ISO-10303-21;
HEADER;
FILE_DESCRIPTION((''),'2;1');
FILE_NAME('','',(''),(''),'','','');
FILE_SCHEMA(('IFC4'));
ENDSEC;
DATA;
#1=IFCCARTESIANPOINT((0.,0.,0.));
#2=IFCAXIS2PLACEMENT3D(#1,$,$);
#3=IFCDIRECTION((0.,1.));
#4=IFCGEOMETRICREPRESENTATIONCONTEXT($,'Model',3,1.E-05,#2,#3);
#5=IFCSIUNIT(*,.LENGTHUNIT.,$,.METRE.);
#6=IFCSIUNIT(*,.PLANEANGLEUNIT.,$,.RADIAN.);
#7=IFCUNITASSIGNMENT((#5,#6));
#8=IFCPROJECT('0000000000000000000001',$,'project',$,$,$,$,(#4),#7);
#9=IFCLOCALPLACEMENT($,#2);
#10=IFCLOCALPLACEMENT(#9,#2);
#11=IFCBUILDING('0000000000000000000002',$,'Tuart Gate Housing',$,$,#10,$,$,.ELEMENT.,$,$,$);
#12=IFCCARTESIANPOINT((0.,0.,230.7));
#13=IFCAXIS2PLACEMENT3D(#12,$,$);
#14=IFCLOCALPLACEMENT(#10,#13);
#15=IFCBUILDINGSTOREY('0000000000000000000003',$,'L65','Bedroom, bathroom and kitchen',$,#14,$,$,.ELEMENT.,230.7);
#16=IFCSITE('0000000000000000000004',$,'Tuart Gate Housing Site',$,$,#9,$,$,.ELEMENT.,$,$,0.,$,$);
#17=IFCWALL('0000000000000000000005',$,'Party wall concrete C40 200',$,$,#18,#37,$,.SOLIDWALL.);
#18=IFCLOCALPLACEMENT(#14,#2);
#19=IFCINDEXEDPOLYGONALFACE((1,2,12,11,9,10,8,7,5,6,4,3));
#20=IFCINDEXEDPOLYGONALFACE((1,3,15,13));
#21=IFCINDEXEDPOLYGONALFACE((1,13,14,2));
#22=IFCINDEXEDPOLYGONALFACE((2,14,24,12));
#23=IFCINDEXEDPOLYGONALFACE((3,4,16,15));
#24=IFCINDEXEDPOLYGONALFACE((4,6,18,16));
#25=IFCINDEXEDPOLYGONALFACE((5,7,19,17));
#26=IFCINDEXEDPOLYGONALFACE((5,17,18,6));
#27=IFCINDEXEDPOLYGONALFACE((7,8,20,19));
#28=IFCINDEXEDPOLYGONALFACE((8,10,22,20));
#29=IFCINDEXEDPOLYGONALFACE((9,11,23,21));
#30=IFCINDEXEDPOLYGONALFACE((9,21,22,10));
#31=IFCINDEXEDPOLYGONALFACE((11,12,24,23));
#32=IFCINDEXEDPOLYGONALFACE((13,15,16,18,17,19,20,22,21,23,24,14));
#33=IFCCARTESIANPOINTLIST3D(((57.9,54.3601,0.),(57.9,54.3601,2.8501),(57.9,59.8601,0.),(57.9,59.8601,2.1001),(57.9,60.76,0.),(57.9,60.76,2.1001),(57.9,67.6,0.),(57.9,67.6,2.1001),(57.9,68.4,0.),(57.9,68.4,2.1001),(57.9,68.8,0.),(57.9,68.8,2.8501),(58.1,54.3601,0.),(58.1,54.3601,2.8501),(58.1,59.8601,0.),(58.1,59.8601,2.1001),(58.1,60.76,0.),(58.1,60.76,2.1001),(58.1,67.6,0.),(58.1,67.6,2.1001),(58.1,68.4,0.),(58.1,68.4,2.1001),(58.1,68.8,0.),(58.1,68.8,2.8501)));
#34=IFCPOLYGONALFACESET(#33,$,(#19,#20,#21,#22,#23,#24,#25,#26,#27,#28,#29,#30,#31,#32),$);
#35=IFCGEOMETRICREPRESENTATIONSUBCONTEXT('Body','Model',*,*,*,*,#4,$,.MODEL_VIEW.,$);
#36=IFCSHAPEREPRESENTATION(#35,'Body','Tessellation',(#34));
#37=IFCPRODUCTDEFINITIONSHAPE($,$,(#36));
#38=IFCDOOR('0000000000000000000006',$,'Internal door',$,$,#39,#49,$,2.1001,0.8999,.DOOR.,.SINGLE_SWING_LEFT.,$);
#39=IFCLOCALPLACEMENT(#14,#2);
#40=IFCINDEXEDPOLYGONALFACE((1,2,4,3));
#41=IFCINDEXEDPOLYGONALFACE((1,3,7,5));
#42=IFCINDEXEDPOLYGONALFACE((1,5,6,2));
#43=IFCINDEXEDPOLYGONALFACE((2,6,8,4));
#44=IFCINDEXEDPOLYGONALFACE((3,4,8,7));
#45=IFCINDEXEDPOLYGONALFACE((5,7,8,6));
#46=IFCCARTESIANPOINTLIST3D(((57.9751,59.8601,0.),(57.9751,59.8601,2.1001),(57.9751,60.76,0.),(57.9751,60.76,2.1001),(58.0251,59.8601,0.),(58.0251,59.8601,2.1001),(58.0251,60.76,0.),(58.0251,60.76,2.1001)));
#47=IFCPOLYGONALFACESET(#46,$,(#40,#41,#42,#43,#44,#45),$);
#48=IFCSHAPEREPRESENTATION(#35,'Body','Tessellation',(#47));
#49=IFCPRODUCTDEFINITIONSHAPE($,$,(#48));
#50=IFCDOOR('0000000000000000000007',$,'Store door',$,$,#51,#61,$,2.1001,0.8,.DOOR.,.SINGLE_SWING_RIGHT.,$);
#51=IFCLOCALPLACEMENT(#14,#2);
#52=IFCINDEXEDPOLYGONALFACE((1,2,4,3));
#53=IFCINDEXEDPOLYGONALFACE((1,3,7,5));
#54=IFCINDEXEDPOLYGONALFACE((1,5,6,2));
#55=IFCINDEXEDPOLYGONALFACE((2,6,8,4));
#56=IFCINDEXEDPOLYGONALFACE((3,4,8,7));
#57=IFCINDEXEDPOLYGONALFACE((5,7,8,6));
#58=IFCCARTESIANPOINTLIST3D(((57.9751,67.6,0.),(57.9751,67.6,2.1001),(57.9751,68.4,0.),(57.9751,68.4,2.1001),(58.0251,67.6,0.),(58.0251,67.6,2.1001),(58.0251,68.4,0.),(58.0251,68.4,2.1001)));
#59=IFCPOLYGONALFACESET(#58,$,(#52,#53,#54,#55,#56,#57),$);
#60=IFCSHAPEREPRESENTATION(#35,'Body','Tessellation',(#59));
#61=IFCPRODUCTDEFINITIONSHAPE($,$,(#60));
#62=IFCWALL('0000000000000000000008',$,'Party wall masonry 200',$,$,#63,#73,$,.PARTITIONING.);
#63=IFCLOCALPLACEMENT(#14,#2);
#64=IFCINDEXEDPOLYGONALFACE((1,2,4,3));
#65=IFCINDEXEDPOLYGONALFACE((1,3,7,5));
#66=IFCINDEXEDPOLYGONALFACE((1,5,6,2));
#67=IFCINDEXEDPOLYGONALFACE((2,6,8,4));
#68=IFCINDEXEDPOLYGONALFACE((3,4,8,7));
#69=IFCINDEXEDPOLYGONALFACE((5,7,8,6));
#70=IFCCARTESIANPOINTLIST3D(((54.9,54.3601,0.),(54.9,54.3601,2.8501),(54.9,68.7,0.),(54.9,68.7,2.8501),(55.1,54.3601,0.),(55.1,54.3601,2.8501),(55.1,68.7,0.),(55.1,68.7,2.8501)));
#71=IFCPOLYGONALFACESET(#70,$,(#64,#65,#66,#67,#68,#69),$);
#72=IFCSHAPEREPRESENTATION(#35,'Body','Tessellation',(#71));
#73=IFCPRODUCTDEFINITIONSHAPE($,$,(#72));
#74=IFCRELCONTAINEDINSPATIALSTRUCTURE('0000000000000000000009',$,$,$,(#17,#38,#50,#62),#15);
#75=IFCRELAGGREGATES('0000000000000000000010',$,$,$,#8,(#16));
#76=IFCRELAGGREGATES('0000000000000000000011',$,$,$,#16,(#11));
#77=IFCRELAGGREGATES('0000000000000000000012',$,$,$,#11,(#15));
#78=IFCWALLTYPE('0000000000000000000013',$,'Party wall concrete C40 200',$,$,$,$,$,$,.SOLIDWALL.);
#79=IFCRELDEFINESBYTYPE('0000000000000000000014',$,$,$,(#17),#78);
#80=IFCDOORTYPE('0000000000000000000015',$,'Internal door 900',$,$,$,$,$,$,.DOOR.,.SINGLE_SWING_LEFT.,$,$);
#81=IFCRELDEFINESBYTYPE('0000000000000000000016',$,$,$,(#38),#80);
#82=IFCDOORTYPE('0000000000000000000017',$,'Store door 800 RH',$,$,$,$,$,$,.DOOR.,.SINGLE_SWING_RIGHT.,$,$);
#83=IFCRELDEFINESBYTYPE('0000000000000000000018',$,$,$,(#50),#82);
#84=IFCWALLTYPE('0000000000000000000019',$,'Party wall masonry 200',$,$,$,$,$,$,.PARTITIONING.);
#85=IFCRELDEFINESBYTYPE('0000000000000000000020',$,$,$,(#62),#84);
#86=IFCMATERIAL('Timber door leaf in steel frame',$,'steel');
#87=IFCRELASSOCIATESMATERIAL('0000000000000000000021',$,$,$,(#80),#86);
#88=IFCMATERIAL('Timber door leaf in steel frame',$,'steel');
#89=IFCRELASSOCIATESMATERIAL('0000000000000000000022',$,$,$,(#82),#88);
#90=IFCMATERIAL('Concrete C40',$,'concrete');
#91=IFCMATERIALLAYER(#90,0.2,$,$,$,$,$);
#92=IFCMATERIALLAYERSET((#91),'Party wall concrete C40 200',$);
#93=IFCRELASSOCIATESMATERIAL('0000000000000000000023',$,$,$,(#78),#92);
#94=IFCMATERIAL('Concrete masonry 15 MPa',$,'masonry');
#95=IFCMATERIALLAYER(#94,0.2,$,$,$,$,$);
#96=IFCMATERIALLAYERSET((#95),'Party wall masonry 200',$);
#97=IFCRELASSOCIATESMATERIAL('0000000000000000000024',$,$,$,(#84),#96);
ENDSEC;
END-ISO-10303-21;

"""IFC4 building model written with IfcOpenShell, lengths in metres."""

from ifc_helpers import new_model, si_unit, direction, frame, frame_2d, origin, place, context, subcontext, project, spatial, rectangle, extrude, material, layer, layer_set, type_object, element, fill, save


model = new_model("IFC4")

# Units and contexts
model_context = context("Model", 3, precision=1e-05, world=origin(), true_north=direction((0.0, 1.0)))
body_context = subcontext(model_context, "Body", "Model", "MODEL_VIEW")
ifc_project = project(units=[si_unit("LENGTHUNIT", "METRE"), si_unit("PLANEANGLEUNIT", "RADIAN")], contexts=[model_context])

# Site, building, storey
site_placement = place(None, origin())
site = spatial("IfcSite", under=ifc_project, at=site_placement, Name="Tuart Gate Housing Site", CompositionType="ELEMENT", RefElevation=0.0)
building_placement = place(site_placement, origin())
building = spatial("IfcBuilding", under=site, at=building_placement, Name="Tuart Gate Housing", CompositionType="ELEMENT")
storey_placement = place(building_placement, frame((0.0, 0.0, 230.7)))
storey = spatial("IfcBuildingStorey", under=building, at=storey_placement, Name="L65", Description="Bedroom, bathroom and kitchen", CompositionType="ELEMENT", Elevation=230.7)

# Wall, openings, doors
ifc_material_1 = material(Name="Timber door leaf in steel frame", Category="steel")
door_type_1 = type_object("IfcDoorType", Name="Internal door 900", OperationType="SINGLE_SWING_LEFT", PredefinedType="DOOR", material=ifc_material_1)
ifc_material_2 = material(Name="Timber door leaf in steel frame", Category="steel")
door_type_2 = type_object("IfcDoorType", Name="Store door 800 RH", OperationType="SINGLE_SWING_RIGHT", PredefinedType="DOOR", material=ifc_material_2)
ifc_material_3 = material(Name="Concrete C40", Category="concrete")
ifc_layer_1 = layer(ifc_material_3, 0.2)
ifc_layer_set_1 = layer_set([ifc_layer_1], Name="Party wall concrete C40 200")
wall_type_1 = type_object("IfcWallType", Name="Party wall concrete C40 200", PredefinedType="SOLIDWALL", material=ifc_layer_set_1)
wall_1_placement = place(storey_placement, frame((58.0, 54.3601, 0.0), z_axis=(0.0, 0.0, 1.0), x_axis=(0.0, 1.0, 0.0)))
wall_1 = element("IfcWall", 1, at=wall_1_placement, inside=storey, type_object=wall_type_1, Name="Party wall concrete C40 200", PredefinedType="SOLIDWALL", context=body_context, shape_type="SweptSolid", body=[
    extrude(rectangle(XDim=14.4399, YDim=0.2, at=frame_2d((7.22, 0.0))), origin(), (0.0, 0.0, 1.0), 2.8501),
])
opening_1_placement = place(wall_1_placement, frame((5.5, 0.0, 0.0)))
opening_1 = element("IfcOpeningElement", 2, at=opening_1_placement, cuts=wall_1, PredefinedType="OPENING", context=body_context, shape_type="SweptSolid", body=[
    extrude(rectangle(XDim=0.8999, YDim=2.1001, at=frame_2d((0.45, 1.05))), frame((0.0, 0.1099, 0.0), z_axis=(0.0, -1.0, 0.0), x_axis=(1.0, 0.0, 0.0)), (0.0, 0.0, 1.0), 0.22),
])
opening_2_placement = place(wall_1_placement, frame((13.24, 0.0, 0.0)))
opening_2 = element("IfcOpeningElement", 3, at=opening_2_placement, cuts=wall_1, PredefinedType="OPENING", context=body_context, shape_type="SweptSolid", body=[
    extrude(rectangle(XDim=0.8, YDim=2.1001, at=frame_2d((0.3999, 1.05))), frame((0.0, 0.1099, 0.0), z_axis=(0.0, -1.0, 0.0), x_axis=(1.0, 0.0, 0.0)), (0.0, 0.0, 1.0), 0.22),
])
door_1_placement = place(opening_1_placement, origin())
door_1 = element("IfcDoor", 4, at=door_1_placement, inside=storey, type_object=door_type_1, Name="Internal door", OperationType="SINGLE_SWING_LEFT", OverallHeight=2.1001, OverallWidth=0.8999, PredefinedType="DOOR", context=body_context, shape_type="SweptSolid", body=[
    extrude(rectangle(XDim=0.8999, YDim=2.1001, at=frame_2d((0.45, 1.05))), frame((0.0, 0.0249, 0.0), z_axis=(0.0, -1.0, 0.0), x_axis=(1.0, 0.0, 0.0)), (0.0, 0.0, 1.0), 0.05),
])
fill(opening_1, door_1)
door_2_placement = place(opening_2_placement, origin())
door_2 = element("IfcDoor", 5, at=door_2_placement, inside=storey, type_object=door_type_2, Name="Store door", OperationType="SINGLE_SWING_RIGHT", OverallHeight=2.1001, OverallWidth=0.8, PredefinedType="DOOR", context=body_context, shape_type="SweptSolid", body=[
    extrude(rectangle(XDim=0.8, YDim=2.1001, at=frame_2d((0.3999, 1.05))), frame((0.0, 0.0249, 0.0), z_axis=(0.0, -1.0, 0.0), x_axis=(1.0, 0.0, 0.0)), (0.0, 0.0, 1.0), 0.05),
])
fill(opening_2, door_2)

# Wall
ifc_material_4 = material(Name="Concrete masonry 15 MPa", Category="masonry")
ifc_layer_2 = layer(ifc_material_4, 0.2)
ifc_layer_set_2 = layer_set([ifc_layer_2], Name="Party wall masonry 200")
wall_type_2 = type_object("IfcWallType", Name="Party wall masonry 200", PredefinedType="PARTITIONING", material=ifc_layer_set_2)
wall_2_placement = place(storey_placement, frame((55.0, 54.3601, 0.0), z_axis=(0.0, 0.0, 1.0), x_axis=(0.0, 1.0, 0.0)))
element("IfcWall", 6, at=wall_2_placement, inside=storey, type_object=wall_type_2, Name="Party wall masonry 200", PredefinedType="PARTITIONING", context=body_context, shape_type="SweptSolid", body=[
    extrude(rectangle(XDim=14.3398, YDim=0.2, at=frame_2d((7.1699, 0.0))), origin(), (0.0, 0.0, 1.0), 2.8501),
])

save(model, "model.ifc")
